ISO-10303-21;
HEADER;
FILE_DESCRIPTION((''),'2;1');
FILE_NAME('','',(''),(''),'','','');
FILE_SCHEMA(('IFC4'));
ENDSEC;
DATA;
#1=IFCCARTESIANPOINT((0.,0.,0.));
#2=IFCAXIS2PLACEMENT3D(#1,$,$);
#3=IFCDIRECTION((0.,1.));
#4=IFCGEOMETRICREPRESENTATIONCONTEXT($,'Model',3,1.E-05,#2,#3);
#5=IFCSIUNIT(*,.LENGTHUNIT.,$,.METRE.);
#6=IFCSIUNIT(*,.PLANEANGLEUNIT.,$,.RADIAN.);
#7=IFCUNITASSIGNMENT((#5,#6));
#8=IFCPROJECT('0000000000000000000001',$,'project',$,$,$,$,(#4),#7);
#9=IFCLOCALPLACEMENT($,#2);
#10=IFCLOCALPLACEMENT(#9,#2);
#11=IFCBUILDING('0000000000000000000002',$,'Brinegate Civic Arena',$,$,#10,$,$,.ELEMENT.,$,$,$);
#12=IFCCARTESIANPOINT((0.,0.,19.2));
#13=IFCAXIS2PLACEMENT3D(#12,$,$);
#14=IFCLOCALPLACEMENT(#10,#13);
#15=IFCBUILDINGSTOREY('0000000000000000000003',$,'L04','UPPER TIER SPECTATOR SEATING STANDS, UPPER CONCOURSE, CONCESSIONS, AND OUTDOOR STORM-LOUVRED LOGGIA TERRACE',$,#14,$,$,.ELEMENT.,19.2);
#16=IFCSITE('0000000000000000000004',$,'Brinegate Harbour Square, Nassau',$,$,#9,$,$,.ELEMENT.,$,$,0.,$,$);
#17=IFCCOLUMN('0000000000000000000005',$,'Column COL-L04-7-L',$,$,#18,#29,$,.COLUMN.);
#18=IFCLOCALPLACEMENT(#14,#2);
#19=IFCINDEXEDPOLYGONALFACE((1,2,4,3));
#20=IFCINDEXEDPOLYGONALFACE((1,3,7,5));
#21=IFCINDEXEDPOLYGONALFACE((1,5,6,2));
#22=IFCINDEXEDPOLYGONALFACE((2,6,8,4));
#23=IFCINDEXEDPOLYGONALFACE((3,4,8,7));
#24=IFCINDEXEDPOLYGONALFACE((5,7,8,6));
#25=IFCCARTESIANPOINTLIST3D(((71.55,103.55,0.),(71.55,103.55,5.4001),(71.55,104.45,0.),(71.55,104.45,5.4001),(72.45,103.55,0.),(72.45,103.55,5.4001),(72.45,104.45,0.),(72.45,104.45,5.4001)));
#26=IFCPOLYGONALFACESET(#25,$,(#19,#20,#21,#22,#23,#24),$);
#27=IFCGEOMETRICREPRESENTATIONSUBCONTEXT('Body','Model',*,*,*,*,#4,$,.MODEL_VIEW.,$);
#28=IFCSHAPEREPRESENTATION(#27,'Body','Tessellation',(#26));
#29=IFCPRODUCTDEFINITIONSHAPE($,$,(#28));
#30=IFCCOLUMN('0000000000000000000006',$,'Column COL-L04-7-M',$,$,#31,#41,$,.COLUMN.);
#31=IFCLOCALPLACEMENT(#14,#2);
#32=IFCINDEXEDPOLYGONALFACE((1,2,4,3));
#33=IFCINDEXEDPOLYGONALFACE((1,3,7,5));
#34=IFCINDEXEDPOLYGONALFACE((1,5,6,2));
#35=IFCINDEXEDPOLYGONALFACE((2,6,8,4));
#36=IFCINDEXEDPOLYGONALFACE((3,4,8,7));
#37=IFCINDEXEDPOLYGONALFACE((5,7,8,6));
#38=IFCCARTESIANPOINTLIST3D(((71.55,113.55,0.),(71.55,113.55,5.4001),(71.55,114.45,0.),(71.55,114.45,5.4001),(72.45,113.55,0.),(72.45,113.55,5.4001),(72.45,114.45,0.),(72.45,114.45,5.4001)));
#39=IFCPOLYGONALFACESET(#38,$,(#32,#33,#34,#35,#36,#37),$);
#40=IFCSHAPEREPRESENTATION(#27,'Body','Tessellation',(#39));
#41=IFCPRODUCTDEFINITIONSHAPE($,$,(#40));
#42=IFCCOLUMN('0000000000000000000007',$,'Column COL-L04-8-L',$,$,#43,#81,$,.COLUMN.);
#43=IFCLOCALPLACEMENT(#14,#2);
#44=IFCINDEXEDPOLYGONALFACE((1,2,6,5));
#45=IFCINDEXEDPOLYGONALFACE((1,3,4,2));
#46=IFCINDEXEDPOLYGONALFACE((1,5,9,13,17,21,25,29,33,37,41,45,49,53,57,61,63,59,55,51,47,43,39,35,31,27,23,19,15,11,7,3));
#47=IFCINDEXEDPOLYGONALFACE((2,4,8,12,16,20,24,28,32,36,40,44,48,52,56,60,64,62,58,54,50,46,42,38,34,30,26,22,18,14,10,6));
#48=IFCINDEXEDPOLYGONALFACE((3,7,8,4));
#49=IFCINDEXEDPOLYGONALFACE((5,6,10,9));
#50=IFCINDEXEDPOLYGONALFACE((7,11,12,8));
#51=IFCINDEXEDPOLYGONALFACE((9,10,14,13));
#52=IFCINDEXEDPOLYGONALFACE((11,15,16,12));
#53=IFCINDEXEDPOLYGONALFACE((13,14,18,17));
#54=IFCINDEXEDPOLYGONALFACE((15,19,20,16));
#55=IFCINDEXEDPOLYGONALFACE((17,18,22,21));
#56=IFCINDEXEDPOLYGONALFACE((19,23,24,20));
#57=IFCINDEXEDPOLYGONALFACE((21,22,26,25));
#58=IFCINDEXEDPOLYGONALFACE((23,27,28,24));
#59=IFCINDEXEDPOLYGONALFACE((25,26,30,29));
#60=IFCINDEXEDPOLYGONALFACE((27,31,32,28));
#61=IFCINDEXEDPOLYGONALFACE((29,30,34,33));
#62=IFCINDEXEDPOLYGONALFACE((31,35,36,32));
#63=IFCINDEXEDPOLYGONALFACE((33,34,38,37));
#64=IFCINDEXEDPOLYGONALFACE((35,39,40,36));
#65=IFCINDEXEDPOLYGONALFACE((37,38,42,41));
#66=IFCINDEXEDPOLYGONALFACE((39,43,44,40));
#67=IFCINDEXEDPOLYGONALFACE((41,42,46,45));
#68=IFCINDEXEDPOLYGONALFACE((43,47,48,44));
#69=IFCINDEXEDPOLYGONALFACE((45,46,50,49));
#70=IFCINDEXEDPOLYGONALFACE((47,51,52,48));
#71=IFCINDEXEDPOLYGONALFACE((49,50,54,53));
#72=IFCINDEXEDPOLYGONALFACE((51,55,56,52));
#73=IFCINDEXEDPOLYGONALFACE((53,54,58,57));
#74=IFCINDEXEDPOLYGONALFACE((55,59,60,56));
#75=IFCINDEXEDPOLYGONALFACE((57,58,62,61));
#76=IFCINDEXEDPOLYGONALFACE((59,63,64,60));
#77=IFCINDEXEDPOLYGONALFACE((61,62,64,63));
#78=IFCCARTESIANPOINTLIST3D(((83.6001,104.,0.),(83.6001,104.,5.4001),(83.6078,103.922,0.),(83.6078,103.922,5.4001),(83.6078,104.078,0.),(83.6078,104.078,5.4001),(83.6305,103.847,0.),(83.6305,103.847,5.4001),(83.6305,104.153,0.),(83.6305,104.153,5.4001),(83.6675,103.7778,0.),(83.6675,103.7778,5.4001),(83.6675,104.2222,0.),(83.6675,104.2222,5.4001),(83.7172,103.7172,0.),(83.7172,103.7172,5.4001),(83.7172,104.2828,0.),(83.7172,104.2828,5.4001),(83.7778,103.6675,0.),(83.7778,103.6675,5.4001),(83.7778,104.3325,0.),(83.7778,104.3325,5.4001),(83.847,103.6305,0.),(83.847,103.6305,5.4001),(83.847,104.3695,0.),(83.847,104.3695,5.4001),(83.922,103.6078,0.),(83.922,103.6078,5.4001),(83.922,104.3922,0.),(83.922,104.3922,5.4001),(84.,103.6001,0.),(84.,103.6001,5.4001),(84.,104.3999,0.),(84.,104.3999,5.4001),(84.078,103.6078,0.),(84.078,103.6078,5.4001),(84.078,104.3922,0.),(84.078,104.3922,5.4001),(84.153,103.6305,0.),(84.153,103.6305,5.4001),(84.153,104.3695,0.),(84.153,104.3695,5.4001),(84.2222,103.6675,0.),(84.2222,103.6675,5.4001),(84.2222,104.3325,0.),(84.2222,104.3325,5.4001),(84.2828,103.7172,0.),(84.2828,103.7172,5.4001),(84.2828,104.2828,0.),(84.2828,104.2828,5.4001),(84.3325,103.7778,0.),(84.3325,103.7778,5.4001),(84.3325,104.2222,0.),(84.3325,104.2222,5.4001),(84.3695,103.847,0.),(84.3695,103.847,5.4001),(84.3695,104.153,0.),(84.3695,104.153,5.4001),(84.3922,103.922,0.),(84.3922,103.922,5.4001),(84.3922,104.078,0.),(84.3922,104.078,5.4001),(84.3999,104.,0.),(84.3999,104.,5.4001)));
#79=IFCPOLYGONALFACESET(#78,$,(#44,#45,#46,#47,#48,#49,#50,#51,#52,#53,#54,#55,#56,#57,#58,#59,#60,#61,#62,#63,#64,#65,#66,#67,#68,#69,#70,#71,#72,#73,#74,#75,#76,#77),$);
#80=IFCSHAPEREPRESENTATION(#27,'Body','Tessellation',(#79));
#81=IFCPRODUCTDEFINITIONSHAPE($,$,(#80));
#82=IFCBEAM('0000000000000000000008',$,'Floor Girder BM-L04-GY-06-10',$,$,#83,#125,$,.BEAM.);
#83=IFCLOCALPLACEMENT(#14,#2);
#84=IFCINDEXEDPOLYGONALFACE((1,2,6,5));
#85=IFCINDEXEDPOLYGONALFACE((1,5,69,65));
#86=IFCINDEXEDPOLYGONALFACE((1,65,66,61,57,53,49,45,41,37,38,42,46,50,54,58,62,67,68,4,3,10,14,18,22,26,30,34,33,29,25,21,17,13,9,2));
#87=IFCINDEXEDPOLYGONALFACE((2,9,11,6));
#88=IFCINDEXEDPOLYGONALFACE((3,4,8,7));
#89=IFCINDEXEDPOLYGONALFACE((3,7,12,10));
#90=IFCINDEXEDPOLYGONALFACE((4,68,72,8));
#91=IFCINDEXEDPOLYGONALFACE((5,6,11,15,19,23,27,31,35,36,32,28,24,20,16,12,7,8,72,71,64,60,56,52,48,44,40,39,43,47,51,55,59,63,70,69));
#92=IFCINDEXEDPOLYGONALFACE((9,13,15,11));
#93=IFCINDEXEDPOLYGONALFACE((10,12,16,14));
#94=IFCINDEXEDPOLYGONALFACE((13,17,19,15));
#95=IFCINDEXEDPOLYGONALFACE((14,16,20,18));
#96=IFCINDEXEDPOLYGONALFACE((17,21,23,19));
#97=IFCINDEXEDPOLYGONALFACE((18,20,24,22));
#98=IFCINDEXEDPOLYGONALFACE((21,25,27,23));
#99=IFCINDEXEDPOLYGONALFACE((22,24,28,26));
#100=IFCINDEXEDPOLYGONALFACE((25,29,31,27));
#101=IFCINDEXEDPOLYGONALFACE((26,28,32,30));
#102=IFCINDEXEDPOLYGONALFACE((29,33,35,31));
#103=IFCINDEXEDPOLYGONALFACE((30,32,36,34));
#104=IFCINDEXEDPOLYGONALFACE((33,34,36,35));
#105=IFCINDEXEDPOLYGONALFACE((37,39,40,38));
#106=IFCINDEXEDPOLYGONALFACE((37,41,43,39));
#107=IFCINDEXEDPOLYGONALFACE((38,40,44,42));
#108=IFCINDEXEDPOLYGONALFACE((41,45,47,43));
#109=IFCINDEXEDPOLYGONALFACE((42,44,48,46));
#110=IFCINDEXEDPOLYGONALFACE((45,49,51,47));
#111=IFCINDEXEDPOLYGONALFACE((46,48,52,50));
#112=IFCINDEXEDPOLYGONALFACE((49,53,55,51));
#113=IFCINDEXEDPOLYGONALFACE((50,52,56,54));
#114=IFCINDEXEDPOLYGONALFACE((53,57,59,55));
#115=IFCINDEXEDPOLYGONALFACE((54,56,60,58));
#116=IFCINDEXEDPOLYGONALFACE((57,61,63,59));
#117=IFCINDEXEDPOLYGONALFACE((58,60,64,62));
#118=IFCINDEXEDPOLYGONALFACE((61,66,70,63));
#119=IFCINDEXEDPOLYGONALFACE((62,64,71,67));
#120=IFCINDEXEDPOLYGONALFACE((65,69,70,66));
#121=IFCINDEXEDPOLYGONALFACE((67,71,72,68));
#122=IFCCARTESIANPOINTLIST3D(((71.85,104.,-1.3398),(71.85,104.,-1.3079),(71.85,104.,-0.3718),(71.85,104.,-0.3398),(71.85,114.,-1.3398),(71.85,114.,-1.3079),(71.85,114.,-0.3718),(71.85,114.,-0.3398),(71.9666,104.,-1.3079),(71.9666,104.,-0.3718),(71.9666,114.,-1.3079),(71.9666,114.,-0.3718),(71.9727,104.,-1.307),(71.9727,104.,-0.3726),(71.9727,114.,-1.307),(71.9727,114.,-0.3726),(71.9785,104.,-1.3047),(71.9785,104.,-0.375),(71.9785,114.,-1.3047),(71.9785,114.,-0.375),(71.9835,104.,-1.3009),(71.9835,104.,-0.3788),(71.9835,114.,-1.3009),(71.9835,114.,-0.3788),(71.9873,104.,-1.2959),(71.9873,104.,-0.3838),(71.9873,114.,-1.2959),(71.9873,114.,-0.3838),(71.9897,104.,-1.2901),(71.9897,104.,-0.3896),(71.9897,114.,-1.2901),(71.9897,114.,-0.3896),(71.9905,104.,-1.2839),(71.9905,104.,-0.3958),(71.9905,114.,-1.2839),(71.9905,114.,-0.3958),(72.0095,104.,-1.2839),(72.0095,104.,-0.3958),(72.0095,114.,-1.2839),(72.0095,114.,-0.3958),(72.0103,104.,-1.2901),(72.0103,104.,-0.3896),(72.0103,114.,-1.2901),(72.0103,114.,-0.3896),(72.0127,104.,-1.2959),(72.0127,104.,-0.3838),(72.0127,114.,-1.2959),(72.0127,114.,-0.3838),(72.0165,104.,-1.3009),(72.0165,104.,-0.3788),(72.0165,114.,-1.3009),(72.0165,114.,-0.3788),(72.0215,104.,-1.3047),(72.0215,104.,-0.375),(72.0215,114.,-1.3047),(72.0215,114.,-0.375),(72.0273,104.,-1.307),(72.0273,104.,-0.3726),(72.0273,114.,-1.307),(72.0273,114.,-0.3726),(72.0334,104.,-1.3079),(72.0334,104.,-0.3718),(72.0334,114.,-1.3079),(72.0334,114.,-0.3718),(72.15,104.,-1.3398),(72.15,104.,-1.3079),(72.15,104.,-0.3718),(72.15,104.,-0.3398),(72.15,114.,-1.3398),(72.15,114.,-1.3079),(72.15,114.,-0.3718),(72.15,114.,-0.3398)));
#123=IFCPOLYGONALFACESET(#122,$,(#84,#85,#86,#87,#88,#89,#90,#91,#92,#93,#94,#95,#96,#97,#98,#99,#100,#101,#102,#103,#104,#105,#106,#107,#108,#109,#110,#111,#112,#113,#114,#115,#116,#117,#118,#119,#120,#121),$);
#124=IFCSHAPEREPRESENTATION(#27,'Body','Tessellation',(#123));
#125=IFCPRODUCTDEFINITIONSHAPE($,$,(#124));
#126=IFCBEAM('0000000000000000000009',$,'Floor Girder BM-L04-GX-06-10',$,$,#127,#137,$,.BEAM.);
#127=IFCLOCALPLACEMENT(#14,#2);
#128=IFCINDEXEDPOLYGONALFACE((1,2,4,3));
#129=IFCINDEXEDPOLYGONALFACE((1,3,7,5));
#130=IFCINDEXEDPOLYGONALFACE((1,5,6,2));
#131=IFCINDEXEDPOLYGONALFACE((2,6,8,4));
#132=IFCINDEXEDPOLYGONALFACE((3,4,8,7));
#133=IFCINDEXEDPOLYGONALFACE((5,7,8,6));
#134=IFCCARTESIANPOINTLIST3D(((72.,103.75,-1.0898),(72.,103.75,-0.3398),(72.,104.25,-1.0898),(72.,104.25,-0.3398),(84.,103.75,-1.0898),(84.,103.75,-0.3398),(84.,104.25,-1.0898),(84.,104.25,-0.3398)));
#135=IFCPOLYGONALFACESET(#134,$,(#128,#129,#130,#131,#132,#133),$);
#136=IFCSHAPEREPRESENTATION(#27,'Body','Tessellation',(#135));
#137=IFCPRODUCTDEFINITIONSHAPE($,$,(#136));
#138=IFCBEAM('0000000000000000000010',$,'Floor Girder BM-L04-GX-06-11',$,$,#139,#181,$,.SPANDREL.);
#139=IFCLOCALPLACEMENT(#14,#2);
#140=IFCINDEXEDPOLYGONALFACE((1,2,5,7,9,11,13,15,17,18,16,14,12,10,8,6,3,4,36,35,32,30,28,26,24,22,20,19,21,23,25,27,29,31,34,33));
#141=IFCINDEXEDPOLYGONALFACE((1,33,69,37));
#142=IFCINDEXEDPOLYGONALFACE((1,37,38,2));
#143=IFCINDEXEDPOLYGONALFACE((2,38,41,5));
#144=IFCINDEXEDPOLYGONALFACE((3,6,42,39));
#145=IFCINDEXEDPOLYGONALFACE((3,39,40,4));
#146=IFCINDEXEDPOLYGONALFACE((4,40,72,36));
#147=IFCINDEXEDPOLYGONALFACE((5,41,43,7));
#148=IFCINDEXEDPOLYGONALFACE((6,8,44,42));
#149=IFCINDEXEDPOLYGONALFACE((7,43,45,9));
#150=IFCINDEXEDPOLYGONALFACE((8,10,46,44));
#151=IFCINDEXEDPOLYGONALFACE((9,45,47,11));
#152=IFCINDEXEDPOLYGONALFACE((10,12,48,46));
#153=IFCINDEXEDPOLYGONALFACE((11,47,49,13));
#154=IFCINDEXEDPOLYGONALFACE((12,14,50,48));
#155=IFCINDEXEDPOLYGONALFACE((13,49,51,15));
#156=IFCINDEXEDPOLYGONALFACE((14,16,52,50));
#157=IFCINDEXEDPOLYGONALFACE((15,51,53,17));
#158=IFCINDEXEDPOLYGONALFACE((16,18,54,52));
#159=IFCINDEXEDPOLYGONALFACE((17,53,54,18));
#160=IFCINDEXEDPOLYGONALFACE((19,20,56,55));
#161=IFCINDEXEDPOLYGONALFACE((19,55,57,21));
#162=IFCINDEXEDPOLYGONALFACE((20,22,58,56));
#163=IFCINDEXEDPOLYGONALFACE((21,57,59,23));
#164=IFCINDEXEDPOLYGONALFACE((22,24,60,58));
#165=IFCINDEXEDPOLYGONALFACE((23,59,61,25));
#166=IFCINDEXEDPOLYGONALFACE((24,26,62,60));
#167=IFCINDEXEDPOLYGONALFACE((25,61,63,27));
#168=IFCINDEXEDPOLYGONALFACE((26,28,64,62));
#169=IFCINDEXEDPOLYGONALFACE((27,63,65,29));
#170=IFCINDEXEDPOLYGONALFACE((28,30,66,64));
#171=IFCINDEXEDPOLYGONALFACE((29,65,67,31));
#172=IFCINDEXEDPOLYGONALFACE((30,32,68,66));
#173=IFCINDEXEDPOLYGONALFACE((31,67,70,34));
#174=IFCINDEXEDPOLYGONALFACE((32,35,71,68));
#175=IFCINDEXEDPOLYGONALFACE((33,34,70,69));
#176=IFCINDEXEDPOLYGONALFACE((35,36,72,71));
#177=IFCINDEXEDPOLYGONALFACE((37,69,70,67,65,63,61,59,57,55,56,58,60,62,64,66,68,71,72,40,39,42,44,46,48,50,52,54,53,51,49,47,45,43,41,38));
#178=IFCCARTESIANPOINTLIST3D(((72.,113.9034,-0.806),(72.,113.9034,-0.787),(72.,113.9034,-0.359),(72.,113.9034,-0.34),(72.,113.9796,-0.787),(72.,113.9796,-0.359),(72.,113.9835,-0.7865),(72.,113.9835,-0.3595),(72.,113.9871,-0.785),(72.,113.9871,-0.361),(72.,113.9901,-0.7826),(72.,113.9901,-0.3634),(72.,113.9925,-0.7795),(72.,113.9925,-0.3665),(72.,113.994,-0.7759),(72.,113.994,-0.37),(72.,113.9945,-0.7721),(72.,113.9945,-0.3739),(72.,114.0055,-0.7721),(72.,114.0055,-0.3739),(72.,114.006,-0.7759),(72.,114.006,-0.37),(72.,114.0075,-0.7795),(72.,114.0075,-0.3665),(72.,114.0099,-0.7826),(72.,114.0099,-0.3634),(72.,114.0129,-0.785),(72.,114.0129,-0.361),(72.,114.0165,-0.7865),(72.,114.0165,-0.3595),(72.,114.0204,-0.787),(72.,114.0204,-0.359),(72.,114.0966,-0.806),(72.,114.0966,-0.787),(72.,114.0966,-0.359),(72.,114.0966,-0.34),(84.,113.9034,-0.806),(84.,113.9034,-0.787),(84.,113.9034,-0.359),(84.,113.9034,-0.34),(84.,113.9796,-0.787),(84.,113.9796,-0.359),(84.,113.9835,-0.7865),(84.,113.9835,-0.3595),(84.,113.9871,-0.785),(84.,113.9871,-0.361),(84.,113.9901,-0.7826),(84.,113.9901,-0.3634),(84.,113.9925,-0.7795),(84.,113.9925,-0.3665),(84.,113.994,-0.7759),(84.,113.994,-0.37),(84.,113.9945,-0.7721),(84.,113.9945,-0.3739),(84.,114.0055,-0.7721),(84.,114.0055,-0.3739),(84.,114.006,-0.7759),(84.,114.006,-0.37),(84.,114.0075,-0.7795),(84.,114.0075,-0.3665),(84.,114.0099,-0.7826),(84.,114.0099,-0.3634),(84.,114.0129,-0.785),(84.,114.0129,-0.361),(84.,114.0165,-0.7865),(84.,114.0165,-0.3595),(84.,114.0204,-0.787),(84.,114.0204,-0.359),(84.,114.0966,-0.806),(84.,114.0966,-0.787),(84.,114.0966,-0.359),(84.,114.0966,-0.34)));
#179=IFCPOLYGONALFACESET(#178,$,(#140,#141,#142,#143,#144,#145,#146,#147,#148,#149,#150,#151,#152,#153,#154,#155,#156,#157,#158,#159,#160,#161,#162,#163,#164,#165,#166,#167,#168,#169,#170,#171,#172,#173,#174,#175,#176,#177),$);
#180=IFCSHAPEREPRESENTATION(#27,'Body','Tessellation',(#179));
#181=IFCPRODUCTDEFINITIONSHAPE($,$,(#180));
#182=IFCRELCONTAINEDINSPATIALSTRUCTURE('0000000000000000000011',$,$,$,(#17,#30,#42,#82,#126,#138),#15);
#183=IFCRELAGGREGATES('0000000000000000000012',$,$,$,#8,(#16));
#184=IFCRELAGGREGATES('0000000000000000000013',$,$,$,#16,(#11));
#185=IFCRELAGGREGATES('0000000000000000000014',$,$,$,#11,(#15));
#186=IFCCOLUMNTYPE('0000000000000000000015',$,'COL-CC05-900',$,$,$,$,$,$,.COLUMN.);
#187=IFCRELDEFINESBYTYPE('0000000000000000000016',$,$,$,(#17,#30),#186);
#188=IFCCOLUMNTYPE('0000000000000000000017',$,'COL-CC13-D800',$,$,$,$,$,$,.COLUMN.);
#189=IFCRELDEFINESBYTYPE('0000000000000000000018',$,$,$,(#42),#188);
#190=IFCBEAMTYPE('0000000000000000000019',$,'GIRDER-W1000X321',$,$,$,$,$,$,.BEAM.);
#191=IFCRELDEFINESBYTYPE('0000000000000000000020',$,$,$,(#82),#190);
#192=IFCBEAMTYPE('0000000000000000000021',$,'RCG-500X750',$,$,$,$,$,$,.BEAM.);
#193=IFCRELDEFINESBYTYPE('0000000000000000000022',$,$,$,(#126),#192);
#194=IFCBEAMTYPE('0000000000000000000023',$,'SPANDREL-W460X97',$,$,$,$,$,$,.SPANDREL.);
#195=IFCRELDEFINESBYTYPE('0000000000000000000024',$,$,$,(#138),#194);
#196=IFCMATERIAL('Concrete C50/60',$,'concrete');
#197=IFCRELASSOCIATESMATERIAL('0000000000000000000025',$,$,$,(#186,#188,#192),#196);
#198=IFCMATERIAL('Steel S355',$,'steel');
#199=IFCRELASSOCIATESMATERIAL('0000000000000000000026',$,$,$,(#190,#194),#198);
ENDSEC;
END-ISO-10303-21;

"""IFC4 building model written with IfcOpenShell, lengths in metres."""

from ifc_helpers import new_model, si_unit, direction, frame, origin, origin_2d, place, context, subcontext, project, spatial, rectangle, circle, i_section, extrude, material, material_profile, profile_set, type_object, element, save


model = new_model("IFC4")

# Units and contexts
model_context = context("Model", 3, precision=1e-05, world=origin(), true_north=direction((0.0, 1.0)))
body_context = subcontext(model_context, "Body", "Model", "MODEL_VIEW")
ifc_project = project(units=[si_unit("LENGTHUNIT", "METRE"), si_unit("PLANEANGLEUNIT", "RADIAN")], contexts=[model_context])

# Site, building, storey
site_placement = place(None, origin())
site = spatial("IfcSite", under=ifc_project, at=site_placement, Name="Brinegate Harbour Square, Nassau", CompositionType="ELEMENT", RefElevation=0.0)
building_placement = place(site_placement, origin())
building = spatial("IfcBuilding", under=site, at=building_placement, Name="Brinegate Civic Arena", CompositionType="ELEMENT")
storey_placement = place(building_placement, frame((0.0, 0.0, 19.2)))
storey = spatial("IfcBuildingStorey", under=building, at=storey_placement, Name="L04", Description="UPPER TIER SPECTATOR SEATING STANDS, UPPER CONCOURSE, CONCESSIONS, AND OUTDOOR STORM-LOUVRED LOGGIA TERRACE", CompositionType="ELEMENT", Elevation=19.2)

# Columns
ifc_material_1 = material(Name="Concrete C50/60", Category="concrete")
ifc_material_profile_1 = material_profile(ifc_material_1, rectangle(XDim=0.8999, YDim=0.8999, at=origin_2d()), Name="RC900X900")
ifc_profile_set_1 = profile_set([ifc_material_profile_1], Name="Concrete C50/60")
column_type_1 = type_object("IfcColumnType", Name="COL-CC05-900", PredefinedType="COLUMN", material=ifc_profile_set_1)
for number, where, z_axis, x_axis, name in (
    (1, (72.0, 104.0, 0.0), (0.0, 0.0, 1.0), (1.0, 0.0, 0.0), "Column COL-L04-7-L"),
    (2, (72.0, 114.0, 0.0), (0.0, 0.0, 1.0), (1.0, 0.0, 0.0), "Column COL-L04-7-M"),
):
    element("IfcColumn", number, at=place(storey_placement, frame(where, z_axis=z_axis, x_axis=x_axis)), inside=storey, type_object=column_type_1, Name=name, PredefinedType="COLUMN", context=body_context, shape_type="SweptSolid", body=[
        extrude(rectangle(XDim=0.8999, YDim=0.8999, at=origin_2d()), origin(), (0.0, 0.0, 1.0), 5.4001),
    ])
ifc_material_profile_2 = material_profile(ifc_material_1, circle(Radius=0.3999, at=origin_2d()), Name="RCD800")
ifc_profile_set_2 = profile_set([ifc_material_profile_2], Name="Concrete C50/60")
column_type_2 = type_object("IfcColumnType", Name="COL-CC13-D800", PredefinedType="COLUMN", material=ifc_profile_set_2)
column_placement = place(storey_placement, frame((84.0, 104.0, 0.0), z_axis=(0.0, 0.0, 1.0), x_axis=(1.0, 0.0, 0.0)))
element("IfcColumn", 3, at=column_placement, inside=storey, type_object=column_type_2, Name="Column COL-L04-8-L", PredefinedType="COLUMN", context=body_context, shape_type="SweptSolid", body=[
    extrude(circle(Radius=0.3999, at=origin_2d()), origin(), (0.0, 0.0, 1.0), 5.4001),
])

# Beams
ifc_material_2 = material(Name="Steel S355", Category="steel")
ifc_material_profile_3 = material_profile(ifc_material_2, i_section(OverallWidth=0.3, OverallDepth=1.0, WebThickness=0.019, FlangeThickness=0.032, FilletRadius=0.0239, at=origin_2d()), Name="W1000X321")
ifc_profile_set_3 = profile_set([ifc_material_profile_3], Name="Steel S355")
beam_type_1 = type_object("IfcBeamType", Name="GIRDER-W1000X321", PredefinedType="BEAM", material=ifc_profile_set_3)
beam_1_placement = place(storey_placement, frame((72.0, 104.0, -0.8398), z_axis=(0.0, 1.0, 0.0), x_axis=(-1.0, 0.0, 0.0)))
element("IfcBeam", 4, at=beam_1_placement, inside=storey, type_object=beam_type_1, Name="Floor Girder BM-L04-GY-06-10", PredefinedType="BEAM", context=body_context, shape_type="SweptSolid", body=[
    extrude(i_section(OverallWidth=0.3, OverallDepth=1.0, WebThickness=0.019, FlangeThickness=0.032, FilletRadius=0.0239, at=origin_2d()), origin(), (0.0, 0.0, 1.0), 10.0),
])
ifc_material_profile_4 = material_profile(ifc_material_1, rectangle(XDim=0.5, YDim=0.75, at=origin_2d()), Name="RCB500X750")
ifc_profile_set_4 = profile_set([ifc_material_profile_4], Name="Concrete C50/60")
beam_type_2 = type_object("IfcBeamType", Name="RCG-500X750", PredefinedType="BEAM", material=ifc_profile_set_4)
beam_2_placement = place(storey_placement, frame((72.0, 104.0, -0.7148), z_axis=(1.0, 0.0, 0.0), x_axis=(0.0, 1.0, 0.0)))
element("IfcBeam", 5, at=beam_2_placement, inside=storey, type_object=beam_type_2, Name="Floor Girder BM-L04-GX-06-10", PredefinedType="BEAM", context=body_context, shape_type="SweptSolid", body=[
    extrude(rectangle(XDim=0.5, YDim=0.75, at=origin_2d()), origin(), (0.0, 0.0, 1.0), 12.0),
])
ifc_material_profile_5 = material_profile(ifc_material_2, i_section(OverallWidth=0.1931, OverallDepth=0.4661, WebThickness=0.011, FlangeThickness=0.019, FilletRadius=0.0149, at=origin_2d()), Name="W460X97")
ifc_profile_set_5 = profile_set([ifc_material_profile_5], Name="Steel S355")
beam_type_3 = type_object("IfcBeamType", Name="SPANDREL-W460X97", PredefinedType="SPANDREL", material=ifc_profile_set_5)
beam_3_placement = place(storey_placement, frame((72.0, 114.0, -0.573), z_axis=(1.0, 0.0, 0.0), x_axis=(0.0, 1.0, 0.0)))
element("IfcBeam", 6, at=beam_3_placement, inside=storey, type_object=beam_type_3, Name="Floor Girder BM-L04-GX-06-11", PredefinedType="SPANDREL", context=body_context, shape_type="SweptSolid", body=[
    extrude(i_section(OverallWidth=0.1931, OverallDepth=0.4661, WebThickness=0.011, FlangeThickness=0.019, FilletRadius=0.0149, at=origin_2d()), origin(), (0.0, 0.0, 1.0), 12.0),
])

save(model, "model.ifc")
